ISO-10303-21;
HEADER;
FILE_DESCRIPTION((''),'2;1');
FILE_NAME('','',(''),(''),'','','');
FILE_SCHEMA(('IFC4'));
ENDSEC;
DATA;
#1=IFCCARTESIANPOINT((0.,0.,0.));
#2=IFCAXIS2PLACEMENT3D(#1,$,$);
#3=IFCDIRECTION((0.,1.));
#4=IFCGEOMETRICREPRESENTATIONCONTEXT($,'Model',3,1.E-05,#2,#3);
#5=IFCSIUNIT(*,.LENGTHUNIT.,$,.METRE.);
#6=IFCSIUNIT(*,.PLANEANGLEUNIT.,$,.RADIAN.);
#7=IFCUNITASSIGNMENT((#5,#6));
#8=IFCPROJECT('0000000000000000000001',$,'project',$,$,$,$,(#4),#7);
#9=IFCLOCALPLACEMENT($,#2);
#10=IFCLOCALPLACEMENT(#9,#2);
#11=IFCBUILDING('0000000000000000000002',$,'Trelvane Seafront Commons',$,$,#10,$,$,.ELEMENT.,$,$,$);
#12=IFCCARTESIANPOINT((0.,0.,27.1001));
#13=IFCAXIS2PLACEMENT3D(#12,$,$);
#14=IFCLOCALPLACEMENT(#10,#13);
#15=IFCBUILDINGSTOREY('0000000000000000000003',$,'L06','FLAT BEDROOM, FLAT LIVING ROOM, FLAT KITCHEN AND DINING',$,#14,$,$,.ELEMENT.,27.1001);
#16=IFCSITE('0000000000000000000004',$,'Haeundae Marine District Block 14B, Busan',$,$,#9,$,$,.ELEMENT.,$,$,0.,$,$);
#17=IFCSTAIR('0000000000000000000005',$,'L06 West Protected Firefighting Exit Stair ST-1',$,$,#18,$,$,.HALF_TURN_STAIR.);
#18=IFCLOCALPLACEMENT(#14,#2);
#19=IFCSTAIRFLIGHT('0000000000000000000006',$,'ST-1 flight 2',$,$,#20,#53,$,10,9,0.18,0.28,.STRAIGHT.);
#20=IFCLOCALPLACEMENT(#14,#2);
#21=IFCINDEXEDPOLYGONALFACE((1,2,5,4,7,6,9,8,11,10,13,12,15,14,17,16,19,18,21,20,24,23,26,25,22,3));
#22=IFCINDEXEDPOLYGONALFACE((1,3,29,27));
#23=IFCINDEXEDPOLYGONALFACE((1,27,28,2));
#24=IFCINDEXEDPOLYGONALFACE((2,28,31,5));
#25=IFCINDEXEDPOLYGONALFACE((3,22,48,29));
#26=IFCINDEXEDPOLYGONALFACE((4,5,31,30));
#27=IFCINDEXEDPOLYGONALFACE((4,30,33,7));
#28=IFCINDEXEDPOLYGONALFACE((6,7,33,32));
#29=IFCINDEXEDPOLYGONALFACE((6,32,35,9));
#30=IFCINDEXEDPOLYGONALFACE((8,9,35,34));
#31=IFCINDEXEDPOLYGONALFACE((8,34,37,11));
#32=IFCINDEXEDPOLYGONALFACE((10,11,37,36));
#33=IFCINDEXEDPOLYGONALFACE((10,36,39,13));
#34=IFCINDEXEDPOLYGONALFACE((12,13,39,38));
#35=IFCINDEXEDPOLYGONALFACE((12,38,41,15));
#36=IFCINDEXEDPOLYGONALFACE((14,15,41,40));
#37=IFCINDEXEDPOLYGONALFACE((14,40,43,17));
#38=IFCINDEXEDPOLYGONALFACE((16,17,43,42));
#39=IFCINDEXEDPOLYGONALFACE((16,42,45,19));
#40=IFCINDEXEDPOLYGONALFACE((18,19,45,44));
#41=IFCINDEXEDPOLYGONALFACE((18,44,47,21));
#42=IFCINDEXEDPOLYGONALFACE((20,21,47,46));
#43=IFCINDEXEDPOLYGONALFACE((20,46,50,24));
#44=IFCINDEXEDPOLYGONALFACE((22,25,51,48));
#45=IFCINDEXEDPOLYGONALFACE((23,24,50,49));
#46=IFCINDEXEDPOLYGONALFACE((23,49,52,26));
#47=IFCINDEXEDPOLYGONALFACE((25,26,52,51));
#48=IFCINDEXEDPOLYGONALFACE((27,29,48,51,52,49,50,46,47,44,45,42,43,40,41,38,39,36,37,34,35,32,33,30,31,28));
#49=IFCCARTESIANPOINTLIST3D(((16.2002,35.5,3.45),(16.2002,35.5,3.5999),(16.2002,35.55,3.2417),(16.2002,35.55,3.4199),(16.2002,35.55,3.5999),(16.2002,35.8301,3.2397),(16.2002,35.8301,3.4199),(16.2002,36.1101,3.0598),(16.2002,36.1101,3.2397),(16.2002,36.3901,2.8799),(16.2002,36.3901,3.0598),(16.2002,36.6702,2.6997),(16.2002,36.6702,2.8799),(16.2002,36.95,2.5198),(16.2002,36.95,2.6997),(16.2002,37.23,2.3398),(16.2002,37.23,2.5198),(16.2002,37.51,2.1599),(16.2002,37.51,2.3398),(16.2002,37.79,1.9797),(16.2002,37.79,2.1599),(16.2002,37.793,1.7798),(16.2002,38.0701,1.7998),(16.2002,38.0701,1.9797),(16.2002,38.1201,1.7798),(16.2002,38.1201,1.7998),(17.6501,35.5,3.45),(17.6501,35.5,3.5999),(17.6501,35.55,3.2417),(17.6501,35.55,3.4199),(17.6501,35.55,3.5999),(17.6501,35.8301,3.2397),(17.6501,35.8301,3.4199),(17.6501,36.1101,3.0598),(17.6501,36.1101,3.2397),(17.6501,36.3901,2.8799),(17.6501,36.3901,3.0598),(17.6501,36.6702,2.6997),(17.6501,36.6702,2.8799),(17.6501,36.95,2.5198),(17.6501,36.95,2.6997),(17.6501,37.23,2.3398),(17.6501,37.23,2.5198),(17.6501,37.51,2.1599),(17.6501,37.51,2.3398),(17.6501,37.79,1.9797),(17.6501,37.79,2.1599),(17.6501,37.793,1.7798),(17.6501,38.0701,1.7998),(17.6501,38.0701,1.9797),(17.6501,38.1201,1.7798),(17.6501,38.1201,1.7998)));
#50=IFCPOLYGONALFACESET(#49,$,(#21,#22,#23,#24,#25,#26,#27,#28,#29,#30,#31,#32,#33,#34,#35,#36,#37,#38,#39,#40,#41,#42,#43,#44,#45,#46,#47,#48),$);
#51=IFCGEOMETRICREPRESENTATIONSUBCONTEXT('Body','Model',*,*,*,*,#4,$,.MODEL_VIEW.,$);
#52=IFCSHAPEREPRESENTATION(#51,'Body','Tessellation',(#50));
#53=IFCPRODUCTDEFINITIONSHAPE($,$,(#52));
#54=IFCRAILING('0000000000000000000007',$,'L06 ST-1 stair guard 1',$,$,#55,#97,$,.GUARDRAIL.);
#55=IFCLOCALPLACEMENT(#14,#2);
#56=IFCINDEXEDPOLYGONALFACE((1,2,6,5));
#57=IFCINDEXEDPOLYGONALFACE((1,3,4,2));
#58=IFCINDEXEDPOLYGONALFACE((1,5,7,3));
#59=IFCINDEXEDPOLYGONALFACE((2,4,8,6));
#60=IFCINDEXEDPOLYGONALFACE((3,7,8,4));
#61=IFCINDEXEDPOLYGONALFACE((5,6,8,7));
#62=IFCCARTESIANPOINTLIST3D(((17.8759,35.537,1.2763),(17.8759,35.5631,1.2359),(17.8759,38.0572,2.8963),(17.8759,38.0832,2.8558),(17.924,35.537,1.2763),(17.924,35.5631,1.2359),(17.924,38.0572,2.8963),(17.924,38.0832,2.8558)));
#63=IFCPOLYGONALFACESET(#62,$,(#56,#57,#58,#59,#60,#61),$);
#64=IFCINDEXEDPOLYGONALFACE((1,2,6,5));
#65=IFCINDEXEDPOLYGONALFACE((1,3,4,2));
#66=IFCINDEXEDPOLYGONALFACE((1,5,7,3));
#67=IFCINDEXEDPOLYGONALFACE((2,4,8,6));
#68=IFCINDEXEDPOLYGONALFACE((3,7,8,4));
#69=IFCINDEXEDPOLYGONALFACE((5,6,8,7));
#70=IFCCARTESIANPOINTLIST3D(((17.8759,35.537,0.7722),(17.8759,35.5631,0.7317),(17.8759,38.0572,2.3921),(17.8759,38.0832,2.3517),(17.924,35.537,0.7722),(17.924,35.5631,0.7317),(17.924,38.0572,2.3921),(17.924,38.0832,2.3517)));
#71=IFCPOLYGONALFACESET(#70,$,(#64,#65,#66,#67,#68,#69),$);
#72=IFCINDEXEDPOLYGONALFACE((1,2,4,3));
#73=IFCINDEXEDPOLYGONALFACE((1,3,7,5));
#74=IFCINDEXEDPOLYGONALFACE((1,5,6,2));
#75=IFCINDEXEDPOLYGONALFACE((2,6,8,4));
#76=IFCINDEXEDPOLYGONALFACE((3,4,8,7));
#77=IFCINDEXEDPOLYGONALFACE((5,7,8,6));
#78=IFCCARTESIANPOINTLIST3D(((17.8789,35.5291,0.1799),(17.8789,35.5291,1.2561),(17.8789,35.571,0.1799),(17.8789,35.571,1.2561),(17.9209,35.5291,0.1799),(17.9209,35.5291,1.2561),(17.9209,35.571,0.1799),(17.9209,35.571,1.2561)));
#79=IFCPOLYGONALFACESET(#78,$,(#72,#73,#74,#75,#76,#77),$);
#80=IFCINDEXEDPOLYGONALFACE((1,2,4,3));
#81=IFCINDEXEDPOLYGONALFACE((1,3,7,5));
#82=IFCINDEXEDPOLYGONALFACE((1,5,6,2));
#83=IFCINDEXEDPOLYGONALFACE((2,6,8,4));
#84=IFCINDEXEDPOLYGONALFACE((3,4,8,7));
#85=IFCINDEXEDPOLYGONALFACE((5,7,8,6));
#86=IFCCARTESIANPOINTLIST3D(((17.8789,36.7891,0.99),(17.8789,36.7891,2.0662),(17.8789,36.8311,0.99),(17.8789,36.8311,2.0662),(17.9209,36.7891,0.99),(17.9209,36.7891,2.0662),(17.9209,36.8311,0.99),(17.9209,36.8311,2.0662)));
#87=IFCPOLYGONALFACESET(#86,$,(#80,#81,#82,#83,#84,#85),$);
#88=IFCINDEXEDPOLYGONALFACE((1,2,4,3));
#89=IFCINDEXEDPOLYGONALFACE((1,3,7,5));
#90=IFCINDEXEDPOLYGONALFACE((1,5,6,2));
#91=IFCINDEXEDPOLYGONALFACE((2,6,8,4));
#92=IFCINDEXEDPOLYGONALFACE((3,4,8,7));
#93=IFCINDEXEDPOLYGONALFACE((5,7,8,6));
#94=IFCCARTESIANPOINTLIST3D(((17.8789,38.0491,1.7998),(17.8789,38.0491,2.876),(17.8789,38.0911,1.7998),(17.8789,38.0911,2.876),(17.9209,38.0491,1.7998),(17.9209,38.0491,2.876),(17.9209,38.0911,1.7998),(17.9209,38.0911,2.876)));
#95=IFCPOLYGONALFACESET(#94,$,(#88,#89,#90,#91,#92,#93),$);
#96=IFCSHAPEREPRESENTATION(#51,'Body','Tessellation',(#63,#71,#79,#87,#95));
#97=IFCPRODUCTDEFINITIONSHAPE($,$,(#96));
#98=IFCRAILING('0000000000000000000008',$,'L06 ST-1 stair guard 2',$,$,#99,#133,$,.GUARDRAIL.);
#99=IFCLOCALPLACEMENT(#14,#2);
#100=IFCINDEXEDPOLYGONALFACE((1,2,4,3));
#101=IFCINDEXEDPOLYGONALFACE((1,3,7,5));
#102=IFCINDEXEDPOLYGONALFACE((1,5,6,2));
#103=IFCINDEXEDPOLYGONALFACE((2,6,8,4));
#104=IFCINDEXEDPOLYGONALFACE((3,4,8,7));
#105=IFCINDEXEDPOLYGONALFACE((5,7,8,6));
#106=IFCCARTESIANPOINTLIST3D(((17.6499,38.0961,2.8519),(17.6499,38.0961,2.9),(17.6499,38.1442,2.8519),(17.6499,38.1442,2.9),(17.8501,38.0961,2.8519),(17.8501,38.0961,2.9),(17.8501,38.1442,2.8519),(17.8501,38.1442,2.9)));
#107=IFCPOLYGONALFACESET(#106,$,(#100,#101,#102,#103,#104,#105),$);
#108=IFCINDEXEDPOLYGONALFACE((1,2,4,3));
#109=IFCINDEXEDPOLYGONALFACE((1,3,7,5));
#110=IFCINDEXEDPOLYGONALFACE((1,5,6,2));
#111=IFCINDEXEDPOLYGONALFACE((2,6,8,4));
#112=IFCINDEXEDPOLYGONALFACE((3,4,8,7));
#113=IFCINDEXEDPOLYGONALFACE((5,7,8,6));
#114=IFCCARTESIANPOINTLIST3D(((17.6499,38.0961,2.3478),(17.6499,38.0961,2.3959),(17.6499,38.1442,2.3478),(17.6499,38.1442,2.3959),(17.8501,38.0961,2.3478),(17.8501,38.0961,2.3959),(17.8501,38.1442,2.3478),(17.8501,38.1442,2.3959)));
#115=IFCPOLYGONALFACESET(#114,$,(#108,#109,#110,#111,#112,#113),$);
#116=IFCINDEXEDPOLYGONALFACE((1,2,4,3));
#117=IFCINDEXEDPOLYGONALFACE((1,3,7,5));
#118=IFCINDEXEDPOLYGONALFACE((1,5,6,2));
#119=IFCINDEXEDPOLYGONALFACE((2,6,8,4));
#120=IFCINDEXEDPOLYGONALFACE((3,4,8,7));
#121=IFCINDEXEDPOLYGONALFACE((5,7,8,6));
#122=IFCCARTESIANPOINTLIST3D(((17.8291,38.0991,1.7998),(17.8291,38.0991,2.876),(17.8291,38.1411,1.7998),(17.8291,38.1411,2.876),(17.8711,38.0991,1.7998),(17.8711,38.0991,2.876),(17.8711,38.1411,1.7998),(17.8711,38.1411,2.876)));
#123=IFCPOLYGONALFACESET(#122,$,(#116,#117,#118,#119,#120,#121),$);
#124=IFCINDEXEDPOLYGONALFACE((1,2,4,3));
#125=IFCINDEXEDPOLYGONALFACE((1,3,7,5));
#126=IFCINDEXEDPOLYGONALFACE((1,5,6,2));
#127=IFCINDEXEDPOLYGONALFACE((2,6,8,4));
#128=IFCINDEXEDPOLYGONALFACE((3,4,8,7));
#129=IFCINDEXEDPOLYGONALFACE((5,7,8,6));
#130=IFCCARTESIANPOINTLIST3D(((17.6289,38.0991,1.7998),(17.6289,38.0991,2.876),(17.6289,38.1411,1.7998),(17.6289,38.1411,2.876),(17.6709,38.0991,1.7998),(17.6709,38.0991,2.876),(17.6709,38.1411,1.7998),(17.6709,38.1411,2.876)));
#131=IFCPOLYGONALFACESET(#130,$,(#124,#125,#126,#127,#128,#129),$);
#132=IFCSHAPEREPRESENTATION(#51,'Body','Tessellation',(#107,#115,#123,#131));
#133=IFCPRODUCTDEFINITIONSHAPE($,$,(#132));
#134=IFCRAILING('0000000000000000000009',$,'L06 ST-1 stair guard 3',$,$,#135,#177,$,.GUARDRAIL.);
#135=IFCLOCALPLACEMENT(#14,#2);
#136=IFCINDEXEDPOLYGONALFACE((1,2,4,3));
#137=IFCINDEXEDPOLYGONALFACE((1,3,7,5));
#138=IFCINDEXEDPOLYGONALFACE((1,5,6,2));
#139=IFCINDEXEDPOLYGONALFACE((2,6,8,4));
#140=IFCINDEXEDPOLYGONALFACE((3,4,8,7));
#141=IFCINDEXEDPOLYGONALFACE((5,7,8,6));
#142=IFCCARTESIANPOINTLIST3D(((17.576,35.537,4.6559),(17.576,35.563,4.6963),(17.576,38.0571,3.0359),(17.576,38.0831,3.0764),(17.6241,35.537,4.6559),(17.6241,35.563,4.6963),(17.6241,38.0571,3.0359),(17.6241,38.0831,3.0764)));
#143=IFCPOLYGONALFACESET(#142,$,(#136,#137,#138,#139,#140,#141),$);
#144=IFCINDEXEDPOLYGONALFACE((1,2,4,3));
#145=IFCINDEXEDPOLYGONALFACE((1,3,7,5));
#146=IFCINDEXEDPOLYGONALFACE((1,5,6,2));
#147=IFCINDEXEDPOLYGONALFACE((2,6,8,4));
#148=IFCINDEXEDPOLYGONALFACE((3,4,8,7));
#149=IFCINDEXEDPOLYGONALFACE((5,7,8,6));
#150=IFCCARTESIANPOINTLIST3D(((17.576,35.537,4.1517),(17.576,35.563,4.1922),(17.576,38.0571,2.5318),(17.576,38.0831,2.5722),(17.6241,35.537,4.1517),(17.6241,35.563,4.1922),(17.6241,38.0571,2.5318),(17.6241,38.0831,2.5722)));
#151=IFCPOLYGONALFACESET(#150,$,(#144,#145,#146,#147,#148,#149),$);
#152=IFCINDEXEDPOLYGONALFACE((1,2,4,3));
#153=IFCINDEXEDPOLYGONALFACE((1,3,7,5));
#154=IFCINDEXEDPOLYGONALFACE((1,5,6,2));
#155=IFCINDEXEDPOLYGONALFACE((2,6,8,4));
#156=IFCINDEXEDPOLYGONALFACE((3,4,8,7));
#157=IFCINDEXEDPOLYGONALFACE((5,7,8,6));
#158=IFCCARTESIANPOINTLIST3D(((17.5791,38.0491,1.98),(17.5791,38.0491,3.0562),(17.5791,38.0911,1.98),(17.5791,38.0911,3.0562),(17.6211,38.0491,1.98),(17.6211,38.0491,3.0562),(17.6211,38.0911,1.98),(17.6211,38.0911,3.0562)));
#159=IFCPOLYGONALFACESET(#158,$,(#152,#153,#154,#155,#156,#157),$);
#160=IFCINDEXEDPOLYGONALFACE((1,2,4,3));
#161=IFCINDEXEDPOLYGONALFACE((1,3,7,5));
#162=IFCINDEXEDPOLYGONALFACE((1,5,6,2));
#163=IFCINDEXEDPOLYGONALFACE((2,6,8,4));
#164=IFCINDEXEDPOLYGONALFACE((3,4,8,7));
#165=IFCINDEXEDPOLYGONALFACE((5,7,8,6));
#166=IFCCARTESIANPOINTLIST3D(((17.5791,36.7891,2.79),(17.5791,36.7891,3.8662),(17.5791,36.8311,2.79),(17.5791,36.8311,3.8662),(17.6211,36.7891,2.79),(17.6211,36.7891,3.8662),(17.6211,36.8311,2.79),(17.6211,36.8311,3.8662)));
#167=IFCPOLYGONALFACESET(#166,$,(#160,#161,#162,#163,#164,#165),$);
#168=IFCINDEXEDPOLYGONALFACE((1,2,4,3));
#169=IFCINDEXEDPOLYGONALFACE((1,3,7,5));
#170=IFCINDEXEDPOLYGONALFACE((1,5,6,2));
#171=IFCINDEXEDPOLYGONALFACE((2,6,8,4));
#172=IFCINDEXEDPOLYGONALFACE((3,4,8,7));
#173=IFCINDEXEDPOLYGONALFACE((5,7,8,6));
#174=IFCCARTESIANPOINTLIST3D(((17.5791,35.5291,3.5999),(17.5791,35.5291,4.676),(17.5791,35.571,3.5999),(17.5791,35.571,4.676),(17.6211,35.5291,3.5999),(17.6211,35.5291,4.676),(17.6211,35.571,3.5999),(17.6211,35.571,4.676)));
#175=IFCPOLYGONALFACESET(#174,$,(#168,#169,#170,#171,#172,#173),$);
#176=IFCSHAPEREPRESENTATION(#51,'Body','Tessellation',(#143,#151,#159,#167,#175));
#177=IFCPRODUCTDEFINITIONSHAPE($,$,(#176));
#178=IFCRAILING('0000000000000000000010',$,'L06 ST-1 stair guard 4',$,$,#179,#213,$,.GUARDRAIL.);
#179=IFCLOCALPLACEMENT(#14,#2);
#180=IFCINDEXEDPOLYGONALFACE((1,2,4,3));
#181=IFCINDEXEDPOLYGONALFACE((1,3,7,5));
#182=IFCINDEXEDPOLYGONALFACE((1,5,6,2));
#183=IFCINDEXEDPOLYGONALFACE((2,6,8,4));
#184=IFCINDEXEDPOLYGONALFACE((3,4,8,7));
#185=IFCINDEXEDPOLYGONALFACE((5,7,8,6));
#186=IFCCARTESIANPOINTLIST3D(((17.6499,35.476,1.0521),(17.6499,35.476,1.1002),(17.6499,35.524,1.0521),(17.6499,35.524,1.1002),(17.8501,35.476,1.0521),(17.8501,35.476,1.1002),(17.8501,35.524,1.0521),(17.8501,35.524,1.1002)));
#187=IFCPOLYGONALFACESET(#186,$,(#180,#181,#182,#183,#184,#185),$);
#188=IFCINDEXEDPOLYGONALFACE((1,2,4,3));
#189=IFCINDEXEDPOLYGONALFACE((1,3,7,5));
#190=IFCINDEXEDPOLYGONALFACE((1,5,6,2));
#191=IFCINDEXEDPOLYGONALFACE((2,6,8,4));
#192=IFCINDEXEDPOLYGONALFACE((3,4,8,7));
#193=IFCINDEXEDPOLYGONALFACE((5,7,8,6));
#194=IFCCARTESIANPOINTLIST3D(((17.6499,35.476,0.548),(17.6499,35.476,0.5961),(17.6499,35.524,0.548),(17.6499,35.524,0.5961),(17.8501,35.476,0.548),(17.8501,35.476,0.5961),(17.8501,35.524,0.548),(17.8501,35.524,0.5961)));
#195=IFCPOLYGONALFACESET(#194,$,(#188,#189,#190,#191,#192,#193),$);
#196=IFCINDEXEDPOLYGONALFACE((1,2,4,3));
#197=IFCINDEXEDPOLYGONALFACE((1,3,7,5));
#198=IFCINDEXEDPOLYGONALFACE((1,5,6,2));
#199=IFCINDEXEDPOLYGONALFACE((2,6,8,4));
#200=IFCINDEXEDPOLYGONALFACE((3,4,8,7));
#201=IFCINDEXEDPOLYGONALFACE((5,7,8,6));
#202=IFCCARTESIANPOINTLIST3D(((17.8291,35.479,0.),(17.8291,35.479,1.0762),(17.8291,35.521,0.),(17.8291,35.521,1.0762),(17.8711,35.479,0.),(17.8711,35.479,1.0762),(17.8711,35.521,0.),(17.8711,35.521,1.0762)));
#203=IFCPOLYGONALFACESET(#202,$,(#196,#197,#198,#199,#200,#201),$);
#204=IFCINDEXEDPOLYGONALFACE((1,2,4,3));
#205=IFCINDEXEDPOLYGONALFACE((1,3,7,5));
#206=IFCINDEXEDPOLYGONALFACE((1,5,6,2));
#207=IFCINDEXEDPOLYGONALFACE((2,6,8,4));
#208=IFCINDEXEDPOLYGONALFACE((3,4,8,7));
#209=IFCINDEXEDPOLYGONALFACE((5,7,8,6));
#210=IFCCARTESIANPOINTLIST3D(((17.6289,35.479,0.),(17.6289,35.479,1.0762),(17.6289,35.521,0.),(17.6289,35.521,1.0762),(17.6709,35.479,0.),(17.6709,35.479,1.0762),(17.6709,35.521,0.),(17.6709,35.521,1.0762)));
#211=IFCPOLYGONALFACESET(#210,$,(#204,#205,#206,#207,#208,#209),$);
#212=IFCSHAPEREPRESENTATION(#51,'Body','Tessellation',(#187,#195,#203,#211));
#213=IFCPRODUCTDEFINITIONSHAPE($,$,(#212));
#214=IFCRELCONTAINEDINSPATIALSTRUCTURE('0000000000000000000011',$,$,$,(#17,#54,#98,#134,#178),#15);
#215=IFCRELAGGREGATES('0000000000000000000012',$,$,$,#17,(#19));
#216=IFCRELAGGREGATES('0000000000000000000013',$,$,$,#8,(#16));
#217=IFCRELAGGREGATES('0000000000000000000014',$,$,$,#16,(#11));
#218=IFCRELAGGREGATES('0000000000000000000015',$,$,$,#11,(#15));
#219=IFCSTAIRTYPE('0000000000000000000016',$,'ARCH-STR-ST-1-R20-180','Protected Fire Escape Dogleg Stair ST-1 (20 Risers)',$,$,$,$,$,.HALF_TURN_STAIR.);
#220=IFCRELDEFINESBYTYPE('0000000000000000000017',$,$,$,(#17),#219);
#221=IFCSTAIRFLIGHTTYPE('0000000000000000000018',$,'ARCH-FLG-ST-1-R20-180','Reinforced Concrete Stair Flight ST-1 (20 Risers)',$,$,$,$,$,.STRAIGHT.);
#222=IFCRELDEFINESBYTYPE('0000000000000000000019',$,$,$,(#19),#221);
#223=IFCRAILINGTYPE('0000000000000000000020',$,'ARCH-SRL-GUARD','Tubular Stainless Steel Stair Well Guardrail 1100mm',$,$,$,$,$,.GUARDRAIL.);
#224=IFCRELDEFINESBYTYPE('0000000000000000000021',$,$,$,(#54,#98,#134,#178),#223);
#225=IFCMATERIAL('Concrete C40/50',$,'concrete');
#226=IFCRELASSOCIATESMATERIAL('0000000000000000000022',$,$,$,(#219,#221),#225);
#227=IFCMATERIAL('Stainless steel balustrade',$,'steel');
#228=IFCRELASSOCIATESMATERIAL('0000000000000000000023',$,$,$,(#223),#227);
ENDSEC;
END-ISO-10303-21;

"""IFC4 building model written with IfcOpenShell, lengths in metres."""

from ifc_helpers import new_model, si_unit, direction, frame, origin, origin_2d, place, context, subcontext, project, spatial, polyline, rectangle, outline, extrude, source, transform, mapped, material, type_object, element, aggregate, save


model = new_model("IFC4")

# Units and contexts
model_context = context("Model", 3, precision=1e-05, world=origin(), true_north=direction((0.0, 1.0)))
body_context = subcontext(model_context, "Body", "Model", "MODEL_VIEW")
ifc_project = project(units=[si_unit("LENGTHUNIT", "METRE"), si_unit("PLANEANGLEUNIT", "RADIAN")], contexts=[model_context])

# Site, building, storey
site_placement = place(None, origin())
site = spatial("IfcSite", under=ifc_project, at=site_placement, Name="Haeundae Marine District Block 14B, Busan", CompositionType="ELEMENT", RefElevation=0.0)
building_placement = place(site_placement, origin())
building = spatial("IfcBuilding", under=site, at=building_placement, Name="Trelvane Seafront Commons", CompositionType="ELEMENT")
storey_placement = place(building_placement, frame((0.0, 0.0, 27.1001)))
storey = spatial("IfcBuildingStorey", under=building, at=storey_placement, Name="L06", Description="FLAT BEDROOM, FLAT LIVING ROOM, FLAT KITCHEN AND DINING", CompositionType="ELEMENT", Elevation=27.1001)

# Shared definitions
ifc_material_1 = material(Name="Concrete C40/50", Category="concrete")

# Shared definitions
ifc_material_2 = material(Name="Stainless steel balustrade", Category="steel")

# Stair, stair flight
stair_type = type_object("IfcStairType", Name="ARCH-STR-ST-1-R20-180", Description="Protected Fire Escape Dogleg Stair ST-1 (20 Risers)", PredefinedType="HALF_TURN_STAIR", material=ifc_material_1)
stair_placement = place(storey_placement, origin())
stair = element("IfcStair", 1, at=stair_placement, inside=storey, type_object=stair_type, Name="L06 West Protected Firefighting Exit Stair ST-1", PredefinedType="HALF_TURN_STAIR")
stair_flight_type = type_object("IfcStairFlightType", Name="ARCH-FLG-ST-1-R20-180", Description="Reinforced Concrete Stair Flight ST-1 (20 Risers)", PredefinedType="STRAIGHT", material=ifc_material_1)
shared_shape_1 = source(origin(), body_context, "Body", "SweptSolid", [
    extrude(outline(polyline([(-0.05, -0.02), (-0.05, 0.0), (0.0, 0.0), (0.0, 0.1799), (0.28, 0.1799), (0.28, 0.3601), (0.5601, 0.3601), (0.5601, 0.54), (0.8401, 0.54), (0.8401, 0.72), (1.1201, 0.72), (1.1201, 0.8999), (1.3999, 0.8999), (1.3999, 1.0801), (1.6799, 1.0801), (1.6799, 1.26), (1.96, 1.26), (1.96, 1.4399), (2.24, 1.4399), (2.24, 1.6201), (2.52, 1.6201), (2.52, 1.8), (2.5701, 1.8), (2.5701, 1.6501), (2.52, 1.4419), (0.2771, -0.02), (-0.05, -0.02)])), frame((0.0, 0.7251, 0.0), z_axis=(0.0, -1.0, 0.0), x_axis=(1.0, 0.0, 0.0)), (0.0, 0.0, 1.0), 1.45),
])
stair_flight_1_placement = place(storey_placement, frame((16.925, 38.0701, 1.7998), z_axis=(0.0, 0.0, 1.0), x_axis=(0.0, -1.0, 0.0)))
stair_flight_1 = element("IfcStairFlight", 2, at=stair_flight_1_placement, type_object=stair_flight_type, Name="ST-1 flight 2", NumberOfRisers=10, NumberOfTreads=9, PredefinedType="STRAIGHT", RiserHeight=0.18, TreadLength=0.28, context=body_context, shape_type="MappedRepresentation", body=[
    mapped(shared_shape_1, transform((0.0, 0.0, 0.0), x_axis=(1.0, 0.0, 0.0), y_axis=(0.0, 1.0, 0.0), z_axis=(0.0, 0.0, 1.0), scale=1.0)),
])
aggregate(stair, [stair_flight_1])

# Railings
railing_type_1 = type_object("IfcRailingType", Name="ARCH-SRL-GUARD", Description="Tubular Stainless Steel Stair Well Guardrail 1100mm", PredefinedType="GUARDRAIL", material=ifc_material_2)
railing_1_placement = place(storey_placement, frame((17.8999, 35.55, 0.1799)))
element("IfcRailing", 3, at=railing_1_placement, inside=storey, type_object=railing_type_1, Name="L06 ST-1 stair guard 1", PredefinedType="GUARDRAIL", context=body_context, shape_type="SweptSolid", body=[
    extrude(rectangle(XDim=0.0481, YDim=0.0481, at=origin_2d()), frame((0.0, 0.0, 1.0762), z_axis=(0.0, 0.8412, 0.540725), x_axis=(-1.0, 0.0, 0.0)), (0.0, 0.0, 1.0), 2.9958),
    extrude(rectangle(XDim=0.0481, YDim=0.0481, at=origin_2d()), frame((0.0, 0.0, 0.572), z_axis=(0.0, 0.8412, 0.540725), x_axis=(-1.0, 0.0, 0.0)), (0.0, 0.0, 1.0), 2.9958),
    extrude(rectangle(XDim=0.042, YDim=0.042, at=origin_2d()), origin(), (0.0, 0.0, 1.0), 1.0762),
    extrude(rectangle(XDim=0.042, YDim=0.042, at=origin_2d()), frame((0.0, 1.26, 0.8101)), (0.0, 0.0, 1.0), 1.0762),
    extrude(rectangle(XDim=0.042, YDim=0.042, at=origin_2d()), frame((0.0, 2.52, 1.6199)), (0.0, 0.0, 1.0), 1.0762),
])
railing_2_placement = place(storey_placement, frame((17.8501, 38.1201, 1.7998)))
element("IfcRailing", 4, at=railing_2_placement, inside=storey, type_object=railing_type_1, Name="L06 ST-1 stair guard 2", PredefinedType="GUARDRAIL", context=body_context, shape_type="SweptSolid", body=[
    extrude(rectangle(XDim=0.0481, YDim=0.0481, at=origin_2d()), frame((0.0, 0.0, 1.0762), z_axis=(-1.0, 0.0, 0.0), x_axis=(0.0, -1.0, 0.0)), (0.0, 0.0, 1.0), 0.2002),
    extrude(rectangle(XDim=0.0481, YDim=0.0481, at=origin_2d()), frame((0.0, 0.0, 0.572), z_axis=(-1.0, 0.0, 0.0), x_axis=(0.0, -1.0, 0.0)), (0.0, 0.0, 1.0), 0.2002),
    extrude(rectangle(XDim=0.042, YDim=0.042, at=origin_2d()), origin(), (0.0, 0.0, 1.0), 1.0762),
    extrude(rectangle(XDim=0.042, YDim=0.042, at=origin_2d()), frame((-0.2002, 0.0, 0.0)), (0.0, 0.0, 1.0), 1.0762),
])
railing_3_placement = place(storey_placement, frame((17.6001, 38.0701, 1.98)))
element("IfcRailing", 5, at=railing_3_placement, inside=storey, type_object=railing_type_1, Name="L06 ST-1 stair guard 3", PredefinedType="GUARDRAIL", context=body_context, shape_type="SweptSolid", body=[
    extrude(rectangle(XDim=0.0481, YDim=0.0481, at=origin_2d()), frame((0.0, 0.0, 1.0762), z_axis=(0.0, -0.8412, 0.540725), x_axis=(1.0, 0.0, 0.0)), (0.0, 0.0, 1.0), 2.9958),
    extrude(rectangle(XDim=0.0481, YDim=0.0481, at=origin_2d()), frame((0.0, 0.0, 0.572), z_axis=(0.0, -0.8412, 0.540725), x_axis=(1.0, 0.0, 0.0)), (0.0, 0.0, 1.0), 2.9958),
    extrude(rectangle(XDim=0.042, YDim=0.042, at=origin_2d()), origin(), (0.0, 0.0, 1.0), 1.0762),
    extrude(rectangle(XDim=0.042, YDim=0.042, at=origin_2d()), frame((0.0, -1.26, 0.8101)), (0.0, 0.0, 1.0), 1.0762),
    extrude(rectangle(XDim=0.042, YDim=0.042, at=origin_2d()), frame((0.0, -2.52, 1.6199)), (0.0, 0.0, 1.0), 1.0762),
])
railing_4_placement = place(storey_placement, frame((17.8501, 35.5, 0.0)))
element("IfcRailing", 6, at=railing_4_placement, inside=storey, type_object=railing_type_1, Name="L06 ST-1 stair guard 4", PredefinedType="GUARDRAIL", context=body_context, shape_type="SweptSolid", body=[
    extrude(rectangle(XDim=0.0481, YDim=0.0481, at=origin_2d()), frame((0.0, 0.0, 1.0762), z_axis=(-1.0, 0.0, 0.0), x_axis=(0.0, -1.0, 0.0)), (0.0, 0.0, 1.0), 0.2002),
    extrude(rectangle(XDim=0.0481, YDim=0.0481, at=origin_2d()), frame((0.0, 0.0, 0.572), z_axis=(-1.0, 0.0, 0.0), x_axis=(0.0, -1.0, 0.0)), (0.0, 0.0, 1.0), 0.2002),
    extrude(rectangle(XDim=0.042, YDim=0.042, at=origin_2d()), origin(), (0.0, 0.0, 1.0), 1.0762),
    extrude(rectangle(XDim=0.042, YDim=0.042, at=origin_2d()), frame((-0.2002, 0.0, 0.0)), (0.0, 0.0, 1.0), 1.0762),
])

save(model, "model.ifc")
